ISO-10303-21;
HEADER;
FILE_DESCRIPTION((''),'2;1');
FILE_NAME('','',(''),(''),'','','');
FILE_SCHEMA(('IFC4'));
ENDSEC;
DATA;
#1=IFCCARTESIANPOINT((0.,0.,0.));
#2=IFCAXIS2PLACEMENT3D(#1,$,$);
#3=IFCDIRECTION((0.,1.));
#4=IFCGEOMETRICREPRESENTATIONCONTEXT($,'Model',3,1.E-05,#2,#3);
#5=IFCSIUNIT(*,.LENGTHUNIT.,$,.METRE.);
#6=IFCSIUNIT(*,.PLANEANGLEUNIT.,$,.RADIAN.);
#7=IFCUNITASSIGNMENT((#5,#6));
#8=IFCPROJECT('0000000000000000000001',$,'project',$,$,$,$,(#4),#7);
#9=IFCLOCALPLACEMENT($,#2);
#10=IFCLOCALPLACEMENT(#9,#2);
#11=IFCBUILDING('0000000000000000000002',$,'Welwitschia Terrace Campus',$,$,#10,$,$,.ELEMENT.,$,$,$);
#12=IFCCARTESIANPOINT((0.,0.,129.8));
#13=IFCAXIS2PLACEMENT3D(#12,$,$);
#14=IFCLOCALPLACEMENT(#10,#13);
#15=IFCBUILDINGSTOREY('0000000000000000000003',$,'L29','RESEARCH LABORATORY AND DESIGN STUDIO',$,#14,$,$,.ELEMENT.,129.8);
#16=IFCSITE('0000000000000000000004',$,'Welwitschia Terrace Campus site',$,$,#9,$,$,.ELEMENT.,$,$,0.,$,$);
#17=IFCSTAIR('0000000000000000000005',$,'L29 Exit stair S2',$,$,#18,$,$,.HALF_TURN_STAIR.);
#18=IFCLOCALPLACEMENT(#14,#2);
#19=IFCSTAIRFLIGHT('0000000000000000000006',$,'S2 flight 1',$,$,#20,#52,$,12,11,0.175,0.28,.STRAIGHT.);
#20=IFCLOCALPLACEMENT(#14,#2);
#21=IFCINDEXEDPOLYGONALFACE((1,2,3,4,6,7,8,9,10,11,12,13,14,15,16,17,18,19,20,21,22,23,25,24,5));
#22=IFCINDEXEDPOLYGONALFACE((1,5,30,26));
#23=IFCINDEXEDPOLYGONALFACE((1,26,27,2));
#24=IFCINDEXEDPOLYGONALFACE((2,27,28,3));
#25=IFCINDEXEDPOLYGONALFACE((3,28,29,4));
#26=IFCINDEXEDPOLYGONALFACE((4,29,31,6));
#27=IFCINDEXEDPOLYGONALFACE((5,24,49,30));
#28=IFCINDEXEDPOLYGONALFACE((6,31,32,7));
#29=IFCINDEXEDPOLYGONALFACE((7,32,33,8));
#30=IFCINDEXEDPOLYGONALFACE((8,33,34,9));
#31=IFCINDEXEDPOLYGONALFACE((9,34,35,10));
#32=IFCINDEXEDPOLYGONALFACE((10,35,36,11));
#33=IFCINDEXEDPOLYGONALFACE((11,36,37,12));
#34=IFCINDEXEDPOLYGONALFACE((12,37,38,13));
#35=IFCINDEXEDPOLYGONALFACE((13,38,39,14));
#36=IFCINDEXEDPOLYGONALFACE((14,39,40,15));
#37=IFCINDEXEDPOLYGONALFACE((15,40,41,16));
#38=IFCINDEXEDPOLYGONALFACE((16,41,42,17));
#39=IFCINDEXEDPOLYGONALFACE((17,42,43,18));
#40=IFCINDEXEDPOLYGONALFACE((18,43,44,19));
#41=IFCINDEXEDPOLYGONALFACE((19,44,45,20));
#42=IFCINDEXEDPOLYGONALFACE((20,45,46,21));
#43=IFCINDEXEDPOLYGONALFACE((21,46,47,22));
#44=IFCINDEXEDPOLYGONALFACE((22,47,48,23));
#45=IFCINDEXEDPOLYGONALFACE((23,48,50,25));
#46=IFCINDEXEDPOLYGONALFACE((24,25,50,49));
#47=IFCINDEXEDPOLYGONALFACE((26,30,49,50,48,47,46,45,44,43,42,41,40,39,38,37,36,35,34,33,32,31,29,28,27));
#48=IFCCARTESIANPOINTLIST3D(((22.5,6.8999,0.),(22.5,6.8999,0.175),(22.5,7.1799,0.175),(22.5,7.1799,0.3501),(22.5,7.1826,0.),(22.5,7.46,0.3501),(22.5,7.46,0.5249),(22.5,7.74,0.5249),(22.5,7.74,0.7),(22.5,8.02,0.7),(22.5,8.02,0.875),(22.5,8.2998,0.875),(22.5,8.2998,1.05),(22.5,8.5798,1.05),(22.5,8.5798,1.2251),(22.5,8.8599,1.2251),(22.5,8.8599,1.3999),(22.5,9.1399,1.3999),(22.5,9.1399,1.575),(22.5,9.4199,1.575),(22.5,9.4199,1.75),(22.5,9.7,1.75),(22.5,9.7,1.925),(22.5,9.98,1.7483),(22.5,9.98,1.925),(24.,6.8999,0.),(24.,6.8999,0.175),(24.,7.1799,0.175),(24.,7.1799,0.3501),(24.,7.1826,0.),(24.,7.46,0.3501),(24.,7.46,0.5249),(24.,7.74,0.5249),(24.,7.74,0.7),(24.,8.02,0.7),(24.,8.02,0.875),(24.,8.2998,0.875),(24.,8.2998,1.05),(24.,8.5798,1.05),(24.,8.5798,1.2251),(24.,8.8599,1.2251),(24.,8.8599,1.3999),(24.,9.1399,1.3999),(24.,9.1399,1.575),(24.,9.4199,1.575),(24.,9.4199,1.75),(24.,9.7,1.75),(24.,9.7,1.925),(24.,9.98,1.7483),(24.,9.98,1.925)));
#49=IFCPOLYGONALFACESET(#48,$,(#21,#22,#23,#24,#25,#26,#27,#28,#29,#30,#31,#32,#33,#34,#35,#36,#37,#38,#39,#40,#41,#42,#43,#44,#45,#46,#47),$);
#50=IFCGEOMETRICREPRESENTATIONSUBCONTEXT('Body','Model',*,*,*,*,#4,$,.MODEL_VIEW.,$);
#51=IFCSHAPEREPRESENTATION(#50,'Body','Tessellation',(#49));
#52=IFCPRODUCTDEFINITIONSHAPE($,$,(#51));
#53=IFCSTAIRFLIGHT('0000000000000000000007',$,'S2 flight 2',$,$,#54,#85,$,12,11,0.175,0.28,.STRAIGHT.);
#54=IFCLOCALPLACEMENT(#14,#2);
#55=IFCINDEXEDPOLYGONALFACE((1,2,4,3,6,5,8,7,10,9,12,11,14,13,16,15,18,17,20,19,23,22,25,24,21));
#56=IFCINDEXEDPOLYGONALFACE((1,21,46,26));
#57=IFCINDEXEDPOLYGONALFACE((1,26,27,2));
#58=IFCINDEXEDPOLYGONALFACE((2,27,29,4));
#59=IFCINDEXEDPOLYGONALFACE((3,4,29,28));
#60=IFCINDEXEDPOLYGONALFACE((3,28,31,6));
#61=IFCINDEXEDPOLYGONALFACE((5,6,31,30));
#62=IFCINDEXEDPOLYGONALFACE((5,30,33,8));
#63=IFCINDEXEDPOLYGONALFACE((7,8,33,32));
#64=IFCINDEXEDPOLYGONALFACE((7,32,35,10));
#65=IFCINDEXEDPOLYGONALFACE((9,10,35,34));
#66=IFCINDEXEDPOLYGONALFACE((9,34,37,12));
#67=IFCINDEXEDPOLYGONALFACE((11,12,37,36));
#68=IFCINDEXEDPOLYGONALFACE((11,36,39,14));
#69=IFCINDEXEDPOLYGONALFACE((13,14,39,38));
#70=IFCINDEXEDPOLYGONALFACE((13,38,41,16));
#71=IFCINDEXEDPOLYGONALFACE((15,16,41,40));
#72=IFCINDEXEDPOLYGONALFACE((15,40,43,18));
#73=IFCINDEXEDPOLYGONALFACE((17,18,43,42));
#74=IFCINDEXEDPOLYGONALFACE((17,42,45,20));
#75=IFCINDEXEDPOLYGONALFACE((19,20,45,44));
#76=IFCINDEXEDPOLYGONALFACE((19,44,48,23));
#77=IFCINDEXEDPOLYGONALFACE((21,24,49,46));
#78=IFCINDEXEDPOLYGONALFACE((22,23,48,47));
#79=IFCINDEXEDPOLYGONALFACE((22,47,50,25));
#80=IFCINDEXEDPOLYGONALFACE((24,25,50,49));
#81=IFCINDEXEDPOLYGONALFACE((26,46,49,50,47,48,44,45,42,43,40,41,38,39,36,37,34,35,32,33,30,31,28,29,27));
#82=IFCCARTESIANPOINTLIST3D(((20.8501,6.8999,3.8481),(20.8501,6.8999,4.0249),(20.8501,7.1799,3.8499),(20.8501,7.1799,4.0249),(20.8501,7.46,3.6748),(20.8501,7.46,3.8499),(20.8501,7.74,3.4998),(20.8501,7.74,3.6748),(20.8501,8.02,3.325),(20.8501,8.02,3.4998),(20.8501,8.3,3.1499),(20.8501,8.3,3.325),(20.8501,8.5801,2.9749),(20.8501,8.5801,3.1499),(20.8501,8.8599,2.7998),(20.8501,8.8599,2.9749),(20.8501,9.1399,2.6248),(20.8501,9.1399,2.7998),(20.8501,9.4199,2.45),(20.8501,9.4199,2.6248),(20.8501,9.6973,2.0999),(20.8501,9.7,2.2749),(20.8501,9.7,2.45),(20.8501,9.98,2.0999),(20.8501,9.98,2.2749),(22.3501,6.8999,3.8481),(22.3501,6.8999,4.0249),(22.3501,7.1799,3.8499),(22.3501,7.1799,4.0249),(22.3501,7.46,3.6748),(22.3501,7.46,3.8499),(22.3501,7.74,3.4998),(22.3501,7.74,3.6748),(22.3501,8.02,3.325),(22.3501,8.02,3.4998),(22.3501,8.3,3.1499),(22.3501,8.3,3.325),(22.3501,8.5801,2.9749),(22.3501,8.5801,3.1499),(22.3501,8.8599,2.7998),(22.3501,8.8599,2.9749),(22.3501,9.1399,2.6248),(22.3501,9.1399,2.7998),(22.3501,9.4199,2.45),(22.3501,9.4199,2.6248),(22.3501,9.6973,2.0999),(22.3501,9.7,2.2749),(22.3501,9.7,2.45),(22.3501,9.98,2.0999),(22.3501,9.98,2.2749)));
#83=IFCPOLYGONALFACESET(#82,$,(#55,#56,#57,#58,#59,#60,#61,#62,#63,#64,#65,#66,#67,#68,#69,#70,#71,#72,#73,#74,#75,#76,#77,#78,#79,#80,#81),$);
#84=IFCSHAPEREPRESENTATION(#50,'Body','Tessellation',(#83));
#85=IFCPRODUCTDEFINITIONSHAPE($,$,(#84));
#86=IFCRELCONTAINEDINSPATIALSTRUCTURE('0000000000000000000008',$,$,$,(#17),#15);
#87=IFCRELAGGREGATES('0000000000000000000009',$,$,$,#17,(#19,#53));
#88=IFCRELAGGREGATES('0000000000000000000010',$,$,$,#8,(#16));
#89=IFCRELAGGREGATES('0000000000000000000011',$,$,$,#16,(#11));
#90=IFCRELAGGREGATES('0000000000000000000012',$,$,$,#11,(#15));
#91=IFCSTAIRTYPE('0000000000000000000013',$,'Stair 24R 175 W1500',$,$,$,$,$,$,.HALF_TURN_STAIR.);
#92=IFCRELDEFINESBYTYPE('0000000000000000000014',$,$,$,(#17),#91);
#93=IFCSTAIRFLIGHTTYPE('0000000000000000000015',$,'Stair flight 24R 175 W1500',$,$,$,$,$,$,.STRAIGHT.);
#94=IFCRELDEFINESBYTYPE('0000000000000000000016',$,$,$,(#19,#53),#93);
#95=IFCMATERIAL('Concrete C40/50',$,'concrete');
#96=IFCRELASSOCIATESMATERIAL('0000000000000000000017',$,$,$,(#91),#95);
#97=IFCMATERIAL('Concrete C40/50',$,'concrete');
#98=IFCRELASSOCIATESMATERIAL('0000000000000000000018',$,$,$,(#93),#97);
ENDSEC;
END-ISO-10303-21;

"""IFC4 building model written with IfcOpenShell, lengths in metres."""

from ifc_helpers import new_model, si_unit, direction, frame, origin, place, context, subcontext, project, spatial, polyline, outline, extrude, material, type_object, element, aggregate, save


model = new_model("IFC4")

# Units and contexts
model_context = context("Model", 3, precision=1e-05, world=origin(), true_north=direction((0.0, 1.0)))
body_context = subcontext(model_context, "Body", "Model", "MODEL_VIEW")
ifc_project = project(units=[si_unit("LENGTHUNIT", "METRE"), si_unit("PLANEANGLEUNIT", "RADIAN")], contexts=[model_context])

# Site, building, storey
site_placement = place(None, origin())
site = spatial("IfcSite", under=ifc_project, at=site_placement, Name="Welwitschia Terrace Campus site", CompositionType="ELEMENT", RefElevation=0.0)
building_placement = place(site_placement, origin())
building = spatial("IfcBuilding", under=site, at=building_placement, Name="Welwitschia Terrace Campus", CompositionType="ELEMENT")
storey_placement = place(building_placement, frame((0.0, 0.0, 129.8)))
storey = spatial("IfcBuildingStorey", under=building, at=storey_placement, Name="L29", Description="RESEARCH LABORATORY AND DESIGN STUDIO", CompositionType="ELEMENT", Elevation=129.8)

# Stair, stair flights
ifc_material_1 = material(Name="Concrete C40/50", Category="concrete")
stair_type = type_object("IfcStairType", Name="Stair 24R 175 W1500", PredefinedType="HALF_TURN_STAIR", material=ifc_material_1)
stair_placement = place(storey_placement, origin())
stair = element("IfcStair", 1, at=stair_placement, inside=storey, type_object=stair_type, Name="L29 Exit stair S2", PredefinedType="HALF_TURN_STAIR")
ifc_material_2 = material(Name="Concrete C40/50", Category="concrete")
stair_flight_type = type_object("IfcStairFlightType", Name="Stair flight 24R 175 W1500", PredefinedType="STRAIGHT", material=ifc_material_2)
stair_flight_1_placement = place(storey_placement, frame((23.25, 6.8999, 0.0), z_axis=(0.0, 0.0, 1.0), x_axis=(0.0, 1.0, 0.0)))
stair_flight_1 = element("IfcStairFlight", 2, at=stair_flight_1_placement, type_object=stair_flight_type, Name="S2 flight 1", NumberOfRisers=12, NumberOfTreads=11, PredefinedType="STRAIGHT", RiserHeight=0.175, TreadLength=0.28, context=body_context, shape_type="SweptSolid", body=[
    extrude(outline(polyline([(0.0, 0.0), (0.0, 0.175), (0.28, 0.175), (0.28, 0.3501), (0.5601, 0.3501), (0.5601, 0.5249), (0.8401, 0.5249), (0.8401, 0.7), (1.1201, 0.7), (1.1201, 0.875), (1.3999, 0.875), (1.3999, 1.05), (1.6799, 1.05), (1.6799, 1.2251), (1.96, 1.2251), (1.96, 1.3999), (2.24, 1.3999), (2.24, 1.575), (2.52, 1.575), (2.52, 1.75), (2.8, 1.75), (2.8, 1.925), (3.0801, 1.925), (3.0801, 2.1001), (3.0801, 1.7483), (0.2827, 0.0), (0.0, 0.0)])), frame((0.0, 0.75, 0.0), z_axis=(0.0, -1.0, 0.0), x_axis=(1.0, 0.0, 0.0)), (0.0, 0.0, 1.0), 1.5),
])
stair_flight_2_placement = place(storey_placement, frame((21.6001, 9.98, 2.0999), z_axis=(0.0, 0.0, 1.0), x_axis=(0.0, -1.0, 0.0)))
stair_flight_2 = element("IfcStairFlight", 3, at=stair_flight_2_placement, type_object=stair_flight_type, Name="S2 flight 2", NumberOfRisers=12, NumberOfTreads=11, PredefinedType="STRAIGHT", RiserHeight=0.175, TreadLength=0.28, context=body_context, shape_type="SweptSolid", body=[
    extrude(outline(polyline([(0.0, 0.0), (0.0, 0.175), (0.28, 0.175), (0.28, 0.3501), (0.5601, 0.3501), (0.5601, 0.5249), (0.8401, 0.5249), (0.8401, 0.7), (1.1201, 0.7), (1.1201, 0.875), (1.3999, 0.875), (1.3999, 1.05), (1.6799, 1.05), (1.6799, 1.2251), (1.96, 1.2251), (1.96, 1.3999), (2.24, 1.3999), (2.24, 1.575), (2.52, 1.575), (2.52, 1.75), (2.8, 1.75), (2.8, 1.925), (3.0801, 1.925), (3.0801, 2.1001), (3.0801, 1.7483), (0.2827, 0.0), (0.0, 0.0)])), frame((0.0, 0.75, 0.0), z_axis=(0.0, -1.0, 0.0), x_axis=(1.0, 0.0, 0.0)), (0.0, 0.0, 1.0), 1.5),
])
aggregate(stair, [stair_flight_1, stair_flight_2])

save(model, "model.ifc")
